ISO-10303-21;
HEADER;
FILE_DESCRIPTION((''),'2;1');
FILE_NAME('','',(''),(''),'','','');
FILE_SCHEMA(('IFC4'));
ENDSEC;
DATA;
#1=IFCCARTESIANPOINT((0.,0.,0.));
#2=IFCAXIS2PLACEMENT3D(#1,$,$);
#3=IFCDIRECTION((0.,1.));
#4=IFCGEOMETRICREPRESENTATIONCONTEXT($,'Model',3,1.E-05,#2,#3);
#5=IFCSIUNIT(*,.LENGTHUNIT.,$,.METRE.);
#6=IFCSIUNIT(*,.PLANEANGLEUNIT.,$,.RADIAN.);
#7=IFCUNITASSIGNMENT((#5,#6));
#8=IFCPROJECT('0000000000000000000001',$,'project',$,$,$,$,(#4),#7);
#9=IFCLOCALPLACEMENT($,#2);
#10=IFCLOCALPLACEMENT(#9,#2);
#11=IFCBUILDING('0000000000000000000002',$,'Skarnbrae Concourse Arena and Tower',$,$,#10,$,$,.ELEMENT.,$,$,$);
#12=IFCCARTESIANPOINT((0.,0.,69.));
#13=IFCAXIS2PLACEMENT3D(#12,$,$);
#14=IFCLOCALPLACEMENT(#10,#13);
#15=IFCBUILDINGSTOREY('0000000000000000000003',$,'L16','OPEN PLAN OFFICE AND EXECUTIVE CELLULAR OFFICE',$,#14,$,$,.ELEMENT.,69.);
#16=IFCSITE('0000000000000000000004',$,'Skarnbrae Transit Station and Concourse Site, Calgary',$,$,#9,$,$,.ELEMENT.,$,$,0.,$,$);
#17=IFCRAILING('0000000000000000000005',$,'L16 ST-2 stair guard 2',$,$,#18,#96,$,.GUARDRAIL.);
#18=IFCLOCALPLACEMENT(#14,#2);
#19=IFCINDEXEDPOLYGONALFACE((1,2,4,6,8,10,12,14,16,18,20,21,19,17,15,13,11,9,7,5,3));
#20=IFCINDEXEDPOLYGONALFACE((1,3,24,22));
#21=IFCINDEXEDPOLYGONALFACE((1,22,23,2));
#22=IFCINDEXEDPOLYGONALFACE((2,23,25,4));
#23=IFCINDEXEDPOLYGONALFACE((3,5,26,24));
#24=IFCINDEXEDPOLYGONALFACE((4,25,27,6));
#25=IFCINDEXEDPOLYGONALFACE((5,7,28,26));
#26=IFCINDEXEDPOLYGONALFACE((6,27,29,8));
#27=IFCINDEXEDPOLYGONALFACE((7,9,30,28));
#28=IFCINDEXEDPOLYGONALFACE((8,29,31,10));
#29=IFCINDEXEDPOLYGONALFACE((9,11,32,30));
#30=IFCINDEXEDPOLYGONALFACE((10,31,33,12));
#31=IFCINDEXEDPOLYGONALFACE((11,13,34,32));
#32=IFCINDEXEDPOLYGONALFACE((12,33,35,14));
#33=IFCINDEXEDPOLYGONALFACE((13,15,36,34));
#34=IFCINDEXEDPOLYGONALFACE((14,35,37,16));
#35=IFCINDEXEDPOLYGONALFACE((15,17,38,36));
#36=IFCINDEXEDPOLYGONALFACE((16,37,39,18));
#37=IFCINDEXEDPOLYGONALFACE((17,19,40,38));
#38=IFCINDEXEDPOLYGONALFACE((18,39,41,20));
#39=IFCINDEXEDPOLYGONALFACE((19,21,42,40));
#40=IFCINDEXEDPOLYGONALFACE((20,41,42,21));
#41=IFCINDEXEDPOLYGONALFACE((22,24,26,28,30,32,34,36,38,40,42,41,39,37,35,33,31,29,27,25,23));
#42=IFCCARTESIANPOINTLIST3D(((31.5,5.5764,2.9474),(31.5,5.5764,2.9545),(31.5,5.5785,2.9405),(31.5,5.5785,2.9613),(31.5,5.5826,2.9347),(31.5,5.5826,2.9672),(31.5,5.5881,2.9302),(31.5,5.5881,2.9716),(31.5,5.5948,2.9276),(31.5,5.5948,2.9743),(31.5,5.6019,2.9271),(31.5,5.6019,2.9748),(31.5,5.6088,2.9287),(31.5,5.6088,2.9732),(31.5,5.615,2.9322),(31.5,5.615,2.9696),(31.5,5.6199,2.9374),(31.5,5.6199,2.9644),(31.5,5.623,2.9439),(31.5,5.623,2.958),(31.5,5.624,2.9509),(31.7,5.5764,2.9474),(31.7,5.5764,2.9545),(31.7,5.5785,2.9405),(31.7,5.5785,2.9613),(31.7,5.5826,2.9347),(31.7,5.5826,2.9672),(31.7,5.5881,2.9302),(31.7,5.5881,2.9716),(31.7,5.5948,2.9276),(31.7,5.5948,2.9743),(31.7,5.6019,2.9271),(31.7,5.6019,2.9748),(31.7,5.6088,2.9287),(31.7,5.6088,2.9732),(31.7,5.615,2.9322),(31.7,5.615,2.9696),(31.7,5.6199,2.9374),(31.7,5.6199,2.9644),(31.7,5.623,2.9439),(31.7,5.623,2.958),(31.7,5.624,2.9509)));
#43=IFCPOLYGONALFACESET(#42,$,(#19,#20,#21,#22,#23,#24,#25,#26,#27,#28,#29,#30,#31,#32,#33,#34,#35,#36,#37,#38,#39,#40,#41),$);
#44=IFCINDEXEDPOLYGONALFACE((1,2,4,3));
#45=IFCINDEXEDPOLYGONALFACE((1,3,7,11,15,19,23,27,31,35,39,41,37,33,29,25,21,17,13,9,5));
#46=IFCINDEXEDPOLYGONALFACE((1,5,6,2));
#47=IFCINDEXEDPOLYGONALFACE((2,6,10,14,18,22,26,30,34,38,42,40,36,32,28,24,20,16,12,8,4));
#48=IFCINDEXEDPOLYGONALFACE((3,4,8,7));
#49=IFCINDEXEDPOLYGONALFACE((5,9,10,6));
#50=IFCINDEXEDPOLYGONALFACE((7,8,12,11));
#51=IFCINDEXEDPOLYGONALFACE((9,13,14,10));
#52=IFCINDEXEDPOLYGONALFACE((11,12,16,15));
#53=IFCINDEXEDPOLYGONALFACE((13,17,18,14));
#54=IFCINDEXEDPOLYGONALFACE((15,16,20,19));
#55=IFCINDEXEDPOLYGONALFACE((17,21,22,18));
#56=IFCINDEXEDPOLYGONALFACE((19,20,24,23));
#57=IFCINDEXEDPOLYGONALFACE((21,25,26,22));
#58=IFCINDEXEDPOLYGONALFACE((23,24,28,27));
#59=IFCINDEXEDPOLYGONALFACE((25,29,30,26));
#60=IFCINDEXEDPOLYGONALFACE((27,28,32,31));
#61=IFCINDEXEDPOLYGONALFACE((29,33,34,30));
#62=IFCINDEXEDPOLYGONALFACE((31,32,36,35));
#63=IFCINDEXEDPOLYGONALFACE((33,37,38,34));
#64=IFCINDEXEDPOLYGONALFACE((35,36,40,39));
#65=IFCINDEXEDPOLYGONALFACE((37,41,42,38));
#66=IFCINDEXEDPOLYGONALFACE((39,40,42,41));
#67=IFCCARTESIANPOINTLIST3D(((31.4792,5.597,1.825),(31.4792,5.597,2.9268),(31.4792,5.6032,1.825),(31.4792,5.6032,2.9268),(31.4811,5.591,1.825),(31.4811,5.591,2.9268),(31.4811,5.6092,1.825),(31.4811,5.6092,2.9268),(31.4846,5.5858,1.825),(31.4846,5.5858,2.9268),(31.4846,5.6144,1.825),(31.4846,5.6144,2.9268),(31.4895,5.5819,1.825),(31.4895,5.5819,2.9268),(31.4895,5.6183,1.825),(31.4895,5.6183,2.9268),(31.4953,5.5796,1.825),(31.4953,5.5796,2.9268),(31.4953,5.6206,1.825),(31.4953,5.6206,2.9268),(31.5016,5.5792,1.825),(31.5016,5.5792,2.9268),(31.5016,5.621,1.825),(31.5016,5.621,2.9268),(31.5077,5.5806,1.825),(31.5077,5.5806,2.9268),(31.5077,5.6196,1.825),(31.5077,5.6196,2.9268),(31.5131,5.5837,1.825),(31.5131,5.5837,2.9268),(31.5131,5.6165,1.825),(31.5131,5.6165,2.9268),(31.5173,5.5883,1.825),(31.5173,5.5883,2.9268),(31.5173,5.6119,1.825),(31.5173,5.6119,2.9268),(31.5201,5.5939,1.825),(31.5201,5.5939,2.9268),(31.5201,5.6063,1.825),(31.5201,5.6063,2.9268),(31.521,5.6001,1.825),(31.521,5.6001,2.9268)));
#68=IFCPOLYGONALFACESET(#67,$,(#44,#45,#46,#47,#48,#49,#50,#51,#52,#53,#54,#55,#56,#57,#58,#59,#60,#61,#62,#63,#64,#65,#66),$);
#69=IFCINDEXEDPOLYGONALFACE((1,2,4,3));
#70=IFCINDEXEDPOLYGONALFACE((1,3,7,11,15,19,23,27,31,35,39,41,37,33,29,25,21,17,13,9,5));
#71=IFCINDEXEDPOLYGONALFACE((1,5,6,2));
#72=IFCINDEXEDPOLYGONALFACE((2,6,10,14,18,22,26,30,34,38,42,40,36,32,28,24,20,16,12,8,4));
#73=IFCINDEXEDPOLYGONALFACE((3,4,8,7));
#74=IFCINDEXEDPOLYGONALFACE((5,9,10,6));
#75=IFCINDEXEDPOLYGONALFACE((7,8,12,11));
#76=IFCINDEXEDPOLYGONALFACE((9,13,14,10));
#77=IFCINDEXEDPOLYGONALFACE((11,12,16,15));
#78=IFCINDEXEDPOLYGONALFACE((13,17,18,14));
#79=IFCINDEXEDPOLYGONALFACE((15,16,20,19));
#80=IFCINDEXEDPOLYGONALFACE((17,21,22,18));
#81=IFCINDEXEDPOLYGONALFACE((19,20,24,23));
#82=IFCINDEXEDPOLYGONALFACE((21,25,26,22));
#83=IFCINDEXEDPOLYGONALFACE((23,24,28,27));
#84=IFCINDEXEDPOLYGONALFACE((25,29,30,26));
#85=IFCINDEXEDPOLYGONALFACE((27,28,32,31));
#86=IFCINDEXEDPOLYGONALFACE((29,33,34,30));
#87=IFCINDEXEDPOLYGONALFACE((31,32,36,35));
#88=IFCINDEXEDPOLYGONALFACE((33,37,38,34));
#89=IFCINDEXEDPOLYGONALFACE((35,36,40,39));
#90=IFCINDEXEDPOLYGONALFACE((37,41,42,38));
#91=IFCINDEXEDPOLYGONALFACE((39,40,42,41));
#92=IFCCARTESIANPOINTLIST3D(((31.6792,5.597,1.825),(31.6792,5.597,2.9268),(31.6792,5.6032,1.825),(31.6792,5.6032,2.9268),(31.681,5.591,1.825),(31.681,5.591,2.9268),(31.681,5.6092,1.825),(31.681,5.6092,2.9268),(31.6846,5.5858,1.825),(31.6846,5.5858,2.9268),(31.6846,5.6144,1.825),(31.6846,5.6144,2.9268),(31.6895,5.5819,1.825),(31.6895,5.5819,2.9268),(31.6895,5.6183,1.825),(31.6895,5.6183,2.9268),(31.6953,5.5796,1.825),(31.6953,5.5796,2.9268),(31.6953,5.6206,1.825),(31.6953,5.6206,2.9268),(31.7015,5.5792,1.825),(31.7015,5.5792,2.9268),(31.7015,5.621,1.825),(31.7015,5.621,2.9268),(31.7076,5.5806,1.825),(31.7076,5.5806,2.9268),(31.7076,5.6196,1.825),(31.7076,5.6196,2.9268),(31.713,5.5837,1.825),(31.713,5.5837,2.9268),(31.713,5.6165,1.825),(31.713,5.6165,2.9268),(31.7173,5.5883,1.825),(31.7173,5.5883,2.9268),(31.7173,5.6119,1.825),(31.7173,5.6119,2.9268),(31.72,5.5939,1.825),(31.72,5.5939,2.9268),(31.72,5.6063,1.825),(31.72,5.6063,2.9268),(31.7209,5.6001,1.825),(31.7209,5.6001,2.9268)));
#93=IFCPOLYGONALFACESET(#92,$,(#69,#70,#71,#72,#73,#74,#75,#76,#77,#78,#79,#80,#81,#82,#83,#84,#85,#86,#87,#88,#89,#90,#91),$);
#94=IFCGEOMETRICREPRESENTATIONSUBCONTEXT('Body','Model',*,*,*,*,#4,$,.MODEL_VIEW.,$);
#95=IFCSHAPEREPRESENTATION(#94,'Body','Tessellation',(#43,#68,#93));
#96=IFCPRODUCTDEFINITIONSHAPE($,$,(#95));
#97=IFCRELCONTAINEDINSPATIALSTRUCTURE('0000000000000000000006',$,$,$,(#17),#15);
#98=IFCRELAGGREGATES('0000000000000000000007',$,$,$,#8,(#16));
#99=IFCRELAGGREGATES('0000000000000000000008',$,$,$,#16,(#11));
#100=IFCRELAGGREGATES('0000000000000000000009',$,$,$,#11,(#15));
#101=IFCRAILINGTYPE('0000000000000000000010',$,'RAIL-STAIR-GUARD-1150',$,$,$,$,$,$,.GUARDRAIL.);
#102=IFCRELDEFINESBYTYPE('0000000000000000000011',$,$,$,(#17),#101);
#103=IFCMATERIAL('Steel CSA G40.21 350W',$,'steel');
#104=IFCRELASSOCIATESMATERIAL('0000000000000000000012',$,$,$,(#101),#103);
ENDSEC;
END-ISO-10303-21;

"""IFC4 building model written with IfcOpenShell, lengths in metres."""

from ifc_helpers import new_model, si_unit, direction, frame, origin, origin_2d, place, context, subcontext, project, spatial, circle, extrude, material, type_object, element, save


model = new_model("IFC4")

# Units and contexts
model_context = context("Model", 3, precision=1e-05, world=origin(), true_north=direction((0.0, 1.0)))
body_context = subcontext(model_context, "Body", "Model", "MODEL_VIEW")
ifc_project = project(units=[si_unit("LENGTHUNIT", "METRE"), si_unit("PLANEANGLEUNIT", "RADIAN")], contexts=[model_context])

# Site, building, storey
site_placement = place(None, origin())
site = spatial("IfcSite", under=ifc_project, at=site_placement, Name="Skarnbrae Transit Station and Concourse Site, Calgary", CompositionType="ELEMENT", RefElevation=0.0)
building_placement = place(site_placement, origin())
building = spatial("IfcBuilding", under=site, at=building_placement, Name="Skarnbrae Concourse Arena and Tower", CompositionType="ELEMENT")
storey_placement = place(building_placement, frame((0.0, 0.0, 69.0)))
storey = spatial("IfcBuildingStorey", under=building, at=storey_placement, Name="L16", Description="OPEN PLAN OFFICE AND EXECUTIVE CELLULAR OFFICE", CompositionType="ELEMENT", Elevation=69.0)

# Shared definitions
ifc_material_1 = material(Name="Steel CSA G40.21 350W", Category="steel")

# Railing
railing_type_1 = type_object("IfcRailingType", Name="RAIL-STAIR-GUARD-1150", PredefinedType="GUARDRAIL", material=ifc_material_1)
railing_1_placement = place(storey_placement, frame((31.5, 5.6001, 1.825)))
element("IfcRailing", 1, at=railing_1_placement, inside=storey, type_object=railing_type_1, Name="L16 ST-2 stair guard 2", PredefinedType="GUARDRAIL", context=body_context, shape_type="SweptSolid", body=[
    extrude(circle(Radius=0.0239, at=origin_2d()), frame((0.0, 0.0, 1.126), z_axis=(1.0, 0.0, 0.0), x_axis=(0.0, 1.0, 0.0)), (0.0, 0.0, 1.0), 0.2),
    extrude(circle(Radius=0.021, at=origin_2d()), origin(), (0.0, 0.0, 1.0), 1.1018),
    extrude(circle(Radius=0.021, at=origin_2d()), frame((0.2, 0.0, 0.0)), (0.0, 0.0, 1.0), 1.1018),
])

save(model, "model.ifc")
